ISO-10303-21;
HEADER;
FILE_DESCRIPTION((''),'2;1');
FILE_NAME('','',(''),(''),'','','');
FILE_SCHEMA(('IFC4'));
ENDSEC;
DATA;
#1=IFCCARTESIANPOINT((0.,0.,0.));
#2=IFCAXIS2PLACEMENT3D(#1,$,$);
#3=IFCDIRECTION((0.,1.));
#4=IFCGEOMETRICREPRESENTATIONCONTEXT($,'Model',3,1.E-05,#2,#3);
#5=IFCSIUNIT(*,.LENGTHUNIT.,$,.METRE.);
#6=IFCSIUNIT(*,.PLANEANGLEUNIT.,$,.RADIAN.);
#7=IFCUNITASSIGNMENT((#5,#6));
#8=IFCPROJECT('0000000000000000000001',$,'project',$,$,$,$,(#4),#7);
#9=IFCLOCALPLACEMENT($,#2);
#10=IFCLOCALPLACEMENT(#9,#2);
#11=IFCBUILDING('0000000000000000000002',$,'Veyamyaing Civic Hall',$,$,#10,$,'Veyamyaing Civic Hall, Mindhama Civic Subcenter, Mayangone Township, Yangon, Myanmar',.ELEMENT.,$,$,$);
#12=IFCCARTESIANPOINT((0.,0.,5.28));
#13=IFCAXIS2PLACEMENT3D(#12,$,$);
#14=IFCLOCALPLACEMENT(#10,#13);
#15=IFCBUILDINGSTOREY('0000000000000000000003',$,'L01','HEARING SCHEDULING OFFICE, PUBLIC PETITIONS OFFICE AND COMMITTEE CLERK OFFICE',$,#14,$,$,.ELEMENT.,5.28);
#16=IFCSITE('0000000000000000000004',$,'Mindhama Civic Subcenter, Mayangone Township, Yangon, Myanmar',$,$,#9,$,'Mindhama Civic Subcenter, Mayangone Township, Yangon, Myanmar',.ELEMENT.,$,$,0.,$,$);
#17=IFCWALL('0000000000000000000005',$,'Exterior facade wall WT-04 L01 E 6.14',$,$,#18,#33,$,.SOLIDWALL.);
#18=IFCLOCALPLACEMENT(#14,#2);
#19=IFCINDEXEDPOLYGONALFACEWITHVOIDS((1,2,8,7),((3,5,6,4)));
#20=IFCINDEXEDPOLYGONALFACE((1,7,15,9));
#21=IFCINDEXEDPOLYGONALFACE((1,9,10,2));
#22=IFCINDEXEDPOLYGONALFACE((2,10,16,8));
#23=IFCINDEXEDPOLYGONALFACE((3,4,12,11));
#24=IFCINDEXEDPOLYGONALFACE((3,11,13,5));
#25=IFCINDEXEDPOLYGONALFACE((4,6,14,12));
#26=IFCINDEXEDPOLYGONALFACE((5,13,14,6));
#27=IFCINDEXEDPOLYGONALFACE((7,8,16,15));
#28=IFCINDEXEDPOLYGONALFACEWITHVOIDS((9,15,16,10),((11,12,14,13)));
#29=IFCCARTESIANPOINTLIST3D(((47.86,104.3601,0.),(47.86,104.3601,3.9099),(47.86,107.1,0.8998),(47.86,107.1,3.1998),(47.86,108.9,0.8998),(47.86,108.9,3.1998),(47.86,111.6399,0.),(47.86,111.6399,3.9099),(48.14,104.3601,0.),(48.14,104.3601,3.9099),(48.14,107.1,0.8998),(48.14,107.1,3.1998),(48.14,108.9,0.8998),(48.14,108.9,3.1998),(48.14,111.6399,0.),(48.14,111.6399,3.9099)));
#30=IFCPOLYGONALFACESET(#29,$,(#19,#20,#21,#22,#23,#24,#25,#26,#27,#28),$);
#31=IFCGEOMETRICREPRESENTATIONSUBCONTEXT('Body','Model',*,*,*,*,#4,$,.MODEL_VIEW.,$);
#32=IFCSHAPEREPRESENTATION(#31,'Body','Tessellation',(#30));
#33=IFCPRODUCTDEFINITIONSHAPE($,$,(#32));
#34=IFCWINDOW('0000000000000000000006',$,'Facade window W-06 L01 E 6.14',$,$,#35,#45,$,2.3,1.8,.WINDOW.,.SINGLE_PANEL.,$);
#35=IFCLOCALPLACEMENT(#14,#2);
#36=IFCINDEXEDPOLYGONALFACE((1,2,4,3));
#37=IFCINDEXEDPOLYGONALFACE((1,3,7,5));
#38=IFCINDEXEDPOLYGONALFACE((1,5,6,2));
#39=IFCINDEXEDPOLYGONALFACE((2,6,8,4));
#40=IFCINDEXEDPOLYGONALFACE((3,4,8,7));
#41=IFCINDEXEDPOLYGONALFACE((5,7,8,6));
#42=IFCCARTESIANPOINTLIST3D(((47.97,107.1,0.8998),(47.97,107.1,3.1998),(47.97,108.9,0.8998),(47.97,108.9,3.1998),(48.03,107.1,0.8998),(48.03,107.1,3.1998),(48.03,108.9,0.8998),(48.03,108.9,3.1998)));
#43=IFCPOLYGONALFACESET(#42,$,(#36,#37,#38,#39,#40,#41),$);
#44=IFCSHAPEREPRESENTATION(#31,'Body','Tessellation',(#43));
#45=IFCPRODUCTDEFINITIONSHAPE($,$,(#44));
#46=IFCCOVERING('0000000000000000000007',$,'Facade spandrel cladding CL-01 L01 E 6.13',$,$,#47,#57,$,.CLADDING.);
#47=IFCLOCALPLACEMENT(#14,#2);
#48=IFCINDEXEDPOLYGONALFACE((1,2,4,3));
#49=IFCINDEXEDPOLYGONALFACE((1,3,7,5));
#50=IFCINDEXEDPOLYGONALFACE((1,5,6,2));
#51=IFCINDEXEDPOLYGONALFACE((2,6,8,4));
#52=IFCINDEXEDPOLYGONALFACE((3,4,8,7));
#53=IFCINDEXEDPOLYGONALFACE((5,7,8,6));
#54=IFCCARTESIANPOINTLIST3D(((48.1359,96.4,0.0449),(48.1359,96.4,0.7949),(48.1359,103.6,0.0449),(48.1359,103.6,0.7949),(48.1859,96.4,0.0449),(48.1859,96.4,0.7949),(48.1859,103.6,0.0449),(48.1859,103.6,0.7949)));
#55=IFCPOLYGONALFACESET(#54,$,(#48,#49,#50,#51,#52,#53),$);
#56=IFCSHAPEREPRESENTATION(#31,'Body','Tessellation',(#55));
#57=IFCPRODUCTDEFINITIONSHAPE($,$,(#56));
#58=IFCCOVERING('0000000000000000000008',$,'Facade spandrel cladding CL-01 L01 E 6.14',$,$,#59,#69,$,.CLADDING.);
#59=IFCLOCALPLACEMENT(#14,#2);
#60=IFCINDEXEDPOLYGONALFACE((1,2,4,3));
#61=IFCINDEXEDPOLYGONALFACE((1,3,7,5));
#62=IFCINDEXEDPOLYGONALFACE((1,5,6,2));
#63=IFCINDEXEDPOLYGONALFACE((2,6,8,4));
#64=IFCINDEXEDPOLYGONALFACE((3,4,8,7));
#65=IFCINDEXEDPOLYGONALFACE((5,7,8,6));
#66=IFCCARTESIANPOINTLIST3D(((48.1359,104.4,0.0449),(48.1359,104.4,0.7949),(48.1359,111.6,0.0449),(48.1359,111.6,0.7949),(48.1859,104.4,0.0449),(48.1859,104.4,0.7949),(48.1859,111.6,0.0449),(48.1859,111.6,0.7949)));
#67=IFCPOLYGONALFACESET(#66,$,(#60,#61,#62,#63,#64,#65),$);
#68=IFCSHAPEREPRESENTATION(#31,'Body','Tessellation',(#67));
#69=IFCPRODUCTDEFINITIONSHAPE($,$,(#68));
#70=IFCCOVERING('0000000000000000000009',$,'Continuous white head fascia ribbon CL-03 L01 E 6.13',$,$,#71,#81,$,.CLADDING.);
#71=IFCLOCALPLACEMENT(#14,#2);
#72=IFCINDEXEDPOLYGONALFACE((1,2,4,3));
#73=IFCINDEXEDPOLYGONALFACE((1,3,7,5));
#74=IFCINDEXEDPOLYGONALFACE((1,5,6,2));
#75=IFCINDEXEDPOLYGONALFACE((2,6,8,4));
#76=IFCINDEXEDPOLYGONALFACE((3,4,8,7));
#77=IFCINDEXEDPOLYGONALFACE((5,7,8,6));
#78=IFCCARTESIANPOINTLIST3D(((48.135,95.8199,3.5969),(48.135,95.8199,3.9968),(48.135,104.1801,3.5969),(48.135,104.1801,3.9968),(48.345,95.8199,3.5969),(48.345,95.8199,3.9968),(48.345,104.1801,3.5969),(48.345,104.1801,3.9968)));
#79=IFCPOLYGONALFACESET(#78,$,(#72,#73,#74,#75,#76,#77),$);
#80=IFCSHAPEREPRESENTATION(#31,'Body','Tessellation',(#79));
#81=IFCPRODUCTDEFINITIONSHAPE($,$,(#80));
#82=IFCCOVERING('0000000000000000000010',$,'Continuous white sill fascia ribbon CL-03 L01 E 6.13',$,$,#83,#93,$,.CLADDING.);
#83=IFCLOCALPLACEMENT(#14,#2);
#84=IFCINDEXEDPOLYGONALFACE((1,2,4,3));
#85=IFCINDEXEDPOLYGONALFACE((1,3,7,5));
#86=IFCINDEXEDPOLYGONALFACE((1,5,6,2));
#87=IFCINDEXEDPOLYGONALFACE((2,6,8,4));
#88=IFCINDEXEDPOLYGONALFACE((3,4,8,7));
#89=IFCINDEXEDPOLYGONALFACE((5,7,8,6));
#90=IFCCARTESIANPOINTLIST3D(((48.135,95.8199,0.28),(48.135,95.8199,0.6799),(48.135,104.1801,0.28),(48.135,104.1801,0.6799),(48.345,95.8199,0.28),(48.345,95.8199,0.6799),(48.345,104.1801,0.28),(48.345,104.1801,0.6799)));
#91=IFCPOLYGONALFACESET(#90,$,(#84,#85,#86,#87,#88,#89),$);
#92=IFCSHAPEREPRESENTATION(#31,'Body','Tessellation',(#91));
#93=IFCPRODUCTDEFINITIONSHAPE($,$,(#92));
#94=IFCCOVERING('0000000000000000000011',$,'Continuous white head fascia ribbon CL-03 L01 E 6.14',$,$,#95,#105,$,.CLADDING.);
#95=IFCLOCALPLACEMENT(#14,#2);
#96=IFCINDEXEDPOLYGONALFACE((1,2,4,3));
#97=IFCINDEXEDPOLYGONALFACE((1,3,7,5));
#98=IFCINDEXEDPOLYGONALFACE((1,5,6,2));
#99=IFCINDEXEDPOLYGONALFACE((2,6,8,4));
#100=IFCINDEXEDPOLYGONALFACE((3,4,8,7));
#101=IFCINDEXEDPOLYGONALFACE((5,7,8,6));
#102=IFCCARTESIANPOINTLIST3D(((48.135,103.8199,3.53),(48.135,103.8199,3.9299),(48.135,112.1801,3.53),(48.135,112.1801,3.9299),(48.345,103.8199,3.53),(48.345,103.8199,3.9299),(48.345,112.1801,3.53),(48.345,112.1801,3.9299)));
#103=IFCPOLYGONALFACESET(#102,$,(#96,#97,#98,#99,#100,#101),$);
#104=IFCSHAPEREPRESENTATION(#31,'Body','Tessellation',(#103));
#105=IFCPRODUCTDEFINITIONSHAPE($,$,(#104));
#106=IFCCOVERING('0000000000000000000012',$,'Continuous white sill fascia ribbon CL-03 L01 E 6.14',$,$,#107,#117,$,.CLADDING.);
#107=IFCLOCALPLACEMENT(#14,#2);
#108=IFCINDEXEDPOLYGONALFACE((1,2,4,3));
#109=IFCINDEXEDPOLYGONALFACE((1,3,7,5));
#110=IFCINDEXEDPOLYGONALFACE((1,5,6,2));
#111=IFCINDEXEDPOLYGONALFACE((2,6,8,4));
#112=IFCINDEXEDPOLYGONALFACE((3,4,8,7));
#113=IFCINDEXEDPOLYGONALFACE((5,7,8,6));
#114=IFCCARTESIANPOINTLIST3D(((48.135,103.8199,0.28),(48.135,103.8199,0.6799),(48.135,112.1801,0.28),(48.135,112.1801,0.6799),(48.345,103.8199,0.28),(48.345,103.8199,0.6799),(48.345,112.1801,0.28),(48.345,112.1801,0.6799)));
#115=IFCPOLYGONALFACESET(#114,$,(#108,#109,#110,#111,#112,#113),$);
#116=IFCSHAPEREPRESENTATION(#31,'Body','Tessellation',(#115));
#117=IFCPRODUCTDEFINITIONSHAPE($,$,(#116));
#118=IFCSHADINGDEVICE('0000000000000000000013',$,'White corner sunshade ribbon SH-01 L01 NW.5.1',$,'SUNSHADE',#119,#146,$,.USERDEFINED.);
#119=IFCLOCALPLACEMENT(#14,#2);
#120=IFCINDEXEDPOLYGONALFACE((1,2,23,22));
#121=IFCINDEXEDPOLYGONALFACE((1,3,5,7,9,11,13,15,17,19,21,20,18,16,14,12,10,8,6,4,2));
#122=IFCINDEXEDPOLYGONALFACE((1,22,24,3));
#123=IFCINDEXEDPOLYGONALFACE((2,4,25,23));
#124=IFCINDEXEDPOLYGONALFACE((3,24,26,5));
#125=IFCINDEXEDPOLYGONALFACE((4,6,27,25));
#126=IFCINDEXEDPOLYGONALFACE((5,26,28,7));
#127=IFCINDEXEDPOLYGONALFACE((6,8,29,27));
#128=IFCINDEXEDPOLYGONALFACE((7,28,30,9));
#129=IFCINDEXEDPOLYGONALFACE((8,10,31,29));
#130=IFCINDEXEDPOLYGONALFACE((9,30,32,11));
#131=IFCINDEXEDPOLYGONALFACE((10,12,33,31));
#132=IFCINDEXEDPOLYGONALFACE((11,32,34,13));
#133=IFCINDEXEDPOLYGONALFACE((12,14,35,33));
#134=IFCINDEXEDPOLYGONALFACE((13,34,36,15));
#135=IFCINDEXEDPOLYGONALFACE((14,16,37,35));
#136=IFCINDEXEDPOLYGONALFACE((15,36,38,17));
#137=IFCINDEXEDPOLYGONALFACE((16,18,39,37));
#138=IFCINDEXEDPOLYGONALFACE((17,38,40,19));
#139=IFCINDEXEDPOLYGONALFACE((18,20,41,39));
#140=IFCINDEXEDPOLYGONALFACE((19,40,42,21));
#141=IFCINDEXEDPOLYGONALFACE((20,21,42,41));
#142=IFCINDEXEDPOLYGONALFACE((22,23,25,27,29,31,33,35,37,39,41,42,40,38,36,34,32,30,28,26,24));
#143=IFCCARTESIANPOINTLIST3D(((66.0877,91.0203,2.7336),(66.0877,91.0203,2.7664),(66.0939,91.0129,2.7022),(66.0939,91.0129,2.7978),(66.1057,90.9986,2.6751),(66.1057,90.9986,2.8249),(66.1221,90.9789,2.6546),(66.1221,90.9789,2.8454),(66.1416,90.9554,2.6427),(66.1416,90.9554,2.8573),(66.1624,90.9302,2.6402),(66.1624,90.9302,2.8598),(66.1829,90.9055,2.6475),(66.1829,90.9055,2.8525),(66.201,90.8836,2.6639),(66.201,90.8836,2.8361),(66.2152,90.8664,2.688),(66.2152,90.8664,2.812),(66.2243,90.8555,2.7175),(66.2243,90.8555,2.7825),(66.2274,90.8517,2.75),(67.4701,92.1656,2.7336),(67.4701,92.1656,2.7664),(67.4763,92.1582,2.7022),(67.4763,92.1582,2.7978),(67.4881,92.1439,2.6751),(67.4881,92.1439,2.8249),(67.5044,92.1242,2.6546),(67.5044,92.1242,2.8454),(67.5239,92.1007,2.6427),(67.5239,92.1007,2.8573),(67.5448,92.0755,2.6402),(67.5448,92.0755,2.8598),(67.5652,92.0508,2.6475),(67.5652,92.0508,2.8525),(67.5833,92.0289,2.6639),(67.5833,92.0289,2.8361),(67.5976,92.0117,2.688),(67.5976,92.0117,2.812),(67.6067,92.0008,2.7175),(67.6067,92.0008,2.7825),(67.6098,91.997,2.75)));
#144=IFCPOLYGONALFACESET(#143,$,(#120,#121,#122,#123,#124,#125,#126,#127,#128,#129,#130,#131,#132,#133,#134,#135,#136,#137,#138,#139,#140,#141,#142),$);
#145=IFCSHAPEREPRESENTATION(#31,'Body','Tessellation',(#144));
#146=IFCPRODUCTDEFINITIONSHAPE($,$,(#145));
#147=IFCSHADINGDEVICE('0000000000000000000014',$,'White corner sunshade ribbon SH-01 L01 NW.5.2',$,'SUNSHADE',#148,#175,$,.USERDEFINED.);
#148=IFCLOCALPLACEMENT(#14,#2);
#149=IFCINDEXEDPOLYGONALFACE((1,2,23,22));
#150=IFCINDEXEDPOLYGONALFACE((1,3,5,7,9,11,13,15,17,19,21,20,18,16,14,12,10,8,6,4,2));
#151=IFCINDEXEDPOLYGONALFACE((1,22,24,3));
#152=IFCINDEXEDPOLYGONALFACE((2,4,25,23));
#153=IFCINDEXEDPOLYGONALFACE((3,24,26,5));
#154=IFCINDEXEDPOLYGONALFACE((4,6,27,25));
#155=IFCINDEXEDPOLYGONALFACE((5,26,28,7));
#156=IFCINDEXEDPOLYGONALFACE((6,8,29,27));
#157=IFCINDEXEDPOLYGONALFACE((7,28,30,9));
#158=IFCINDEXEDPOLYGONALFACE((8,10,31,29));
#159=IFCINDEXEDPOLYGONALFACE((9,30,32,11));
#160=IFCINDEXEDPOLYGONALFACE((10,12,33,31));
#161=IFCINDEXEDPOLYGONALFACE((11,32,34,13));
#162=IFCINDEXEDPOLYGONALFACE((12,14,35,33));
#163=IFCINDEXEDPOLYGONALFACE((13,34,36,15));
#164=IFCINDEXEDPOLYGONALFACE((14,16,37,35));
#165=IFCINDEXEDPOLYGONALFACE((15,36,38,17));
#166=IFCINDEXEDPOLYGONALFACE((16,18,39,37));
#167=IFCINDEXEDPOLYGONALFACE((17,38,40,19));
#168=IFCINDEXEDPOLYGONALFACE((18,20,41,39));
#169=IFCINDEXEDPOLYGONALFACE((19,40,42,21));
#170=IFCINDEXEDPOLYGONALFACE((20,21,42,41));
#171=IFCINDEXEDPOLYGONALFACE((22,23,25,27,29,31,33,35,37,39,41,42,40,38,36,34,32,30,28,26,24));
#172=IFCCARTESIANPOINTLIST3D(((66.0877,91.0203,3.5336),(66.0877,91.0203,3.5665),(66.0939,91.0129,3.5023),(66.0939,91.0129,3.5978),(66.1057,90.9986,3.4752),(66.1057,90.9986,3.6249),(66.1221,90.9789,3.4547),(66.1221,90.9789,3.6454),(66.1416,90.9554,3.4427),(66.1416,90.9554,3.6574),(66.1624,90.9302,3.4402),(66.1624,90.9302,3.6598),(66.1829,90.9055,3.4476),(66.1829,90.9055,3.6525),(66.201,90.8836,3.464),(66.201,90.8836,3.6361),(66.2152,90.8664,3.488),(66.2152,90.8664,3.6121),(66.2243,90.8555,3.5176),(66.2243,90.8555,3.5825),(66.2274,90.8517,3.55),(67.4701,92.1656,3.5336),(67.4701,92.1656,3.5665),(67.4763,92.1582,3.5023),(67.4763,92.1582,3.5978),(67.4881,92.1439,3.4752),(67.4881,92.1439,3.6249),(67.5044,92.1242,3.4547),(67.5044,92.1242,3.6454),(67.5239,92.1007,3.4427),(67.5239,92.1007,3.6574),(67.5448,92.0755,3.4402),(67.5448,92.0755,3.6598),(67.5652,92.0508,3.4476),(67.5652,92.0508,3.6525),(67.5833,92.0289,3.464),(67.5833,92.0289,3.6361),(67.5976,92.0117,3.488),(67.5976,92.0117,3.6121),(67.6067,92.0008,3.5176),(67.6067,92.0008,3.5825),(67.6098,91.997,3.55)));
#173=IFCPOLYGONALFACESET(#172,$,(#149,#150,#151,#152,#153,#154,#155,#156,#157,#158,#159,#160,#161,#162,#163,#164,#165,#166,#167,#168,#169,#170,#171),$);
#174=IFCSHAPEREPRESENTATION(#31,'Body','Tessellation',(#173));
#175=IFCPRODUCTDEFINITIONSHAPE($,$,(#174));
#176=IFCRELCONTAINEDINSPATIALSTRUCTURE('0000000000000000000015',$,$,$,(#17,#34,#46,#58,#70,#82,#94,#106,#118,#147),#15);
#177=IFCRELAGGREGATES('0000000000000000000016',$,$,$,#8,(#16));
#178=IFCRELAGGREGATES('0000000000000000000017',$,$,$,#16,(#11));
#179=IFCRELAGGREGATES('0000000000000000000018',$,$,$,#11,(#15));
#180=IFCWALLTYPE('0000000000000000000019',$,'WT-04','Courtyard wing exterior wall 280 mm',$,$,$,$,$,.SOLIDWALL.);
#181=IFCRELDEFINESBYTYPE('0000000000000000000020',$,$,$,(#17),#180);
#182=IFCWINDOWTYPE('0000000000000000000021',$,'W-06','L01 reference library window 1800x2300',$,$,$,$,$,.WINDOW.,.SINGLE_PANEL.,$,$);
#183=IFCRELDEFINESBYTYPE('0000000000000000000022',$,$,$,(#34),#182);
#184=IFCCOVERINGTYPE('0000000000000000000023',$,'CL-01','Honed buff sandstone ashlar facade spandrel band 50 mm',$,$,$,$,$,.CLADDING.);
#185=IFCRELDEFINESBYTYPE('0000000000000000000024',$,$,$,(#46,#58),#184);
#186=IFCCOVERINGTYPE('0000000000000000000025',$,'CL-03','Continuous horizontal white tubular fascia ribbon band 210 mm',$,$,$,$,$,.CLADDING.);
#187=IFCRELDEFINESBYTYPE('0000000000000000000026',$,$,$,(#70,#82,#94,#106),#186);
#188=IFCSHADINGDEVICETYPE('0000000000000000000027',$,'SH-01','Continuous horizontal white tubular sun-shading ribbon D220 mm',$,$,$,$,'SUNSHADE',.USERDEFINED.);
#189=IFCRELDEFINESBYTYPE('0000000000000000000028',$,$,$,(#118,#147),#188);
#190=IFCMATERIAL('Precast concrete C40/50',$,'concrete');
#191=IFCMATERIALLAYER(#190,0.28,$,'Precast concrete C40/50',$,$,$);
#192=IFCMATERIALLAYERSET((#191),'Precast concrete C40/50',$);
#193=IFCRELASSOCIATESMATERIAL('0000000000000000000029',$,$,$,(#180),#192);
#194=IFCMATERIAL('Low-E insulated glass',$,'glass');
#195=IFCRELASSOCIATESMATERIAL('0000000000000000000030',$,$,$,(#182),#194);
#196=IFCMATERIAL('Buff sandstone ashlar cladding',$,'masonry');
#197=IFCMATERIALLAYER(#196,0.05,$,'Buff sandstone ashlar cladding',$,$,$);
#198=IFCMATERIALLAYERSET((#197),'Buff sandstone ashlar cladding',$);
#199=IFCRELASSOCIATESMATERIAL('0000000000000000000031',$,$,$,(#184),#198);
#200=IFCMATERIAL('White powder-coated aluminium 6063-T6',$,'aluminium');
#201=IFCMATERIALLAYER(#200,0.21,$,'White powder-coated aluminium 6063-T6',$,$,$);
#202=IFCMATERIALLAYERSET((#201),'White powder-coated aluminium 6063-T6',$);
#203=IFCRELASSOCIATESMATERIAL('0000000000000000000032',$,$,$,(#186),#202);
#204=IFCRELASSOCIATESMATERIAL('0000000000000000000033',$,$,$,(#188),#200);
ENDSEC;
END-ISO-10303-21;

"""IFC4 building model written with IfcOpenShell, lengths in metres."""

from ifc_helpers import new_model, si_unit, direction, frame, frame_2d, origin, origin_2d, place, context, subcontext, project, spatial, rectangle, circle, extrude, material, layer, layer_set, material_profile, profile_set, type_object, element, fill, save


model = new_model("IFC4")

# Units and contexts
model_context = context("Model", 3, precision=1e-05, world=origin(), true_north=direction((0.0, 1.0)))
body_context = subcontext(model_context, "Body", "Model", "MODEL_VIEW")
ifc_project = project(units=[si_unit("LENGTHUNIT", "METRE"), si_unit("PLANEANGLEUNIT", "RADIAN")], contexts=[model_context])

# Site, building, storey
site_placement = place(None, origin())
site = spatial("IfcSite", under=ifc_project, at=site_placement, Name="Mindhama Civic Subcenter, Mayangone Township, Yangon, Myanmar", LongName="Mindhama Civic Subcenter, Mayangone Township, Yangon, Myanmar", CompositionType="ELEMENT", RefElevation=0.0)
building_placement = place(site_placement, origin())
building = spatial("IfcBuilding", under=site, at=building_placement, Name="Veyamyaing Civic Hall", LongName="Veyamyaing Civic Hall, Mindhama Civic Subcenter, Mayangone Township, Yangon, Myanmar", CompositionType="ELEMENT")
storey_placement = place(building_placement, frame((0.0, 0.0, 5.28)))
storey = spatial("IfcBuildingStorey", under=building, at=storey_placement, Name="L01", Description="HEARING SCHEDULING OFFICE, PUBLIC PETITIONS OFFICE AND COMMITTEE CLERK OFFICE", CompositionType="ELEMENT", Elevation=5.28)

# Wall, opening, window
ifc_material_1 = material(Name="Precast concrete C40/50", Category="concrete")
ifc_layer_1 = layer(ifc_material_1, 0.28, Name="Precast concrete C40/50")
ifc_layer_set_1 = layer_set([ifc_layer_1], Name="Precast concrete C40/50")
wall_type = type_object("IfcWallType", Name="WT-04", Description="Courtyard wing exterior wall 280 mm", PredefinedType="SOLIDWALL", material=ifc_layer_set_1)
ifc_material_2 = material(Name="Low-E insulated glass", Category="glass")
wall_1_placement = place(storey_placement, frame((48.0, 104.3601, 0.0), z_axis=(0.0, 0.0, 1.0), x_axis=(0.0, 1.0, 0.0)))
wall_1 = element("IfcWall", 1, at=wall_1_placement, inside=storey, type_object=wall_type, Name="Exterior facade wall WT-04 L01 E 6.14", PredefinedType="SOLIDWALL", context=body_context, shape_type="SweptSolid", body=[
    extrude(rectangle(XDim=7.2798, YDim=0.28, at=frame_2d((3.6399, 0.0))), origin(), (0.0, 0.0, 1.0), 3.9099),
])
opening_1_placement = place(wall_1_placement, frame((2.74, 0.0, 0.8999)))
opening_1 = element("IfcOpeningElement", 2, at=opening_1_placement, cuts=wall_1, PredefinedType="OPENING", context=body_context, shape_type="SweptSolid", body=[
    extrude(rectangle(XDim=1.8, YDim=2.3, at=frame_2d((0.8999, 1.1499))), frame((0.0, 0.1499, 0.0), z_axis=(0.0, -1.0, 0.0), x_axis=(1.0, 0.0, 0.0)), (0.0, 0.0, 1.0), 0.3),
])
window_type_1 = type_object("IfcWindowType", Name="W-06", Description="L01 reference library window 1800x2300", PartitioningType="SINGLE_PANEL", PredefinedType="WINDOW", material=ifc_material_2)
window_1_placement = place(opening_1_placement, origin())
window_1 = element("IfcWindow", 3, at=window_1_placement, inside=storey, type_object=window_type_1, Name="Facade window W-06 L01 E 6.14", OverallHeight=2.3, OverallWidth=1.8, PartitioningType="SINGLE_PANEL", PredefinedType="WINDOW", context=body_context, shape_type="SweptSolid", body=[
    extrude(rectangle(XDim=1.8, YDim=2.3, at=frame_2d((0.8999, 1.1499))), frame((0.0, 0.03, 0.0), z_axis=(0.0, -1.0, 0.0), x_axis=(1.0, 0.0, 0.0)), (0.0, 0.0, 1.0), 0.0601),
])
fill(opening_1, window_1)

# Coverings
ifc_material_3 = material(Name="Buff sandstone ashlar cladding", Category="masonry")
ifc_layer_2 = layer(ifc_material_3, 0.05, Name="Buff sandstone ashlar cladding")
ifc_layer_set_2 = layer_set([ifc_layer_2], Name="Buff sandstone ashlar cladding")
covering_type_1 = type_object("IfcCoveringType", Name="CL-01", Description="Honed buff sandstone ashlar facade spandrel band 50 mm", PredefinedType="CLADDING", material=ifc_layer_set_2)
for number, where, z_axis, x_axis, name in (
    (4, (48.1609, 100.0, 0.0449), (0.0, 0.0, 1.0), (0.0, 1.0, 0.0), "Facade spandrel cladding CL-01 L01 E 6.13"),
    (5, (48.1609, 108.0, 0.0449), (0.0, 0.0, 1.0), (0.0, 1.0, 0.0), "Facade spandrel cladding CL-01 L01 E 6.14"),
):
    element("IfcCovering", number, at=place(storey_placement, frame(where, z_axis=z_axis, x_axis=x_axis)), inside=storey, type_object=covering_type_1, Name=name, PredefinedType="CLADDING", context=body_context, shape_type="SweptSolid", body=[
        extrude(rectangle(XDim=7.2, YDim=0.05, at=origin_2d()), origin(), (0.0, 0.0, 1.0), 0.75),
    ])
ifc_material_4 = material(Name="White powder-coated aluminium 6063-T6", Category="aluminium")
ifc_layer_3 = layer(ifc_material_4, 0.21, Name="White powder-coated aluminium 6063-T6")
ifc_layer_set_3 = layer_set([ifc_layer_3], Name="White powder-coated aluminium 6063-T6")
covering_type_2 = type_object("IfcCoveringType", Name="CL-03", Description="Continuous horizontal white tubular fascia ribbon band 210 mm", PredefinedType="CLADDING", material=ifc_layer_set_3)
for number, where, z_axis, x_axis, name in (
    (6, (48.24, 100.0, 3.5969), (0.0, 0.0, 1.0), (0.0, 1.0, 0.0), "Continuous white head fascia ribbon CL-03 L01 E 6.13"),
    (7, (48.24, 100.0, 0.28), (0.0, 0.0, 1.0), (0.0, 1.0, 0.0), "Continuous white sill fascia ribbon CL-03 L01 E 6.13"),
    (8, (48.24, 108.0, 3.53), (0.0, 0.0, 1.0), (0.0, 1.0, 0.0), "Continuous white head fascia ribbon CL-03 L01 E 6.14"),
    (9, (48.24, 108.0, 0.28), (0.0, 0.0, 1.0), (0.0, 1.0, 0.0), "Continuous white sill fascia ribbon CL-03 L01 E 6.14"),
):
    element("IfcCovering", number, at=place(storey_placement, frame(where, z_axis=z_axis, x_axis=x_axis)), inside=storey, type_object=covering_type_2, Name=name, PredefinedType="CLADDING", context=body_context, shape_type="SweptSolid", body=[
        extrude(rectangle(XDim=8.3601, YDim=0.21, at=origin_2d()), origin(), (0.0, 0.0, 1.0), 0.3999),
    ])

# Shading devices
ifc_material_profile_1 = material_profile(ifc_material_4, circle(Radius=0.1101, at=origin_2d()), Name="SHADE-TUBE-220")
ifc_profile_set_1 = profile_set([ifc_material_profile_1], Name="White powder-coated aluminium 6063-T6")
shading_device_type_1 = type_object("IfcShadingDeviceType", Name="SH-01", Description="Continuous horizontal white tubular sun-shading ribbon D220 mm", ElementType="SUNSHADE", PredefinedType="USERDEFINED", material=ifc_profile_set_1)
for number, where, z_axis, x_axis, name in (
    (10, (67.5396, 92.0818, 2.75), (-0.770046, -0.637988, 0.0), (0.637988, -0.770046, 0.0), "White corner sunshade ribbon SH-01 L01 NW.5.1"),
    (11, (67.5396, 92.0818, 3.55), (-0.770046, -0.637988, 0.0), (0.637988, -0.770046, 0.0), "White corner sunshade ribbon SH-01 L01 NW.5.2"),
):
    element("IfcShadingDevice", number, at=place(storey_placement, frame(where, z_axis=z_axis, x_axis=x_axis)), inside=storey, type_object=shading_device_type_1, Name=name, ObjectType="SUNSHADE", PredefinedType="USERDEFINED", context=body_context, shape_type="SweptSolid", body=[
        extrude(circle(Radius=0.1101, at=origin_2d()), origin(), (0.0, 0.0, 1.0), 1.7952),
    ])

save(model, "model.ifc")
